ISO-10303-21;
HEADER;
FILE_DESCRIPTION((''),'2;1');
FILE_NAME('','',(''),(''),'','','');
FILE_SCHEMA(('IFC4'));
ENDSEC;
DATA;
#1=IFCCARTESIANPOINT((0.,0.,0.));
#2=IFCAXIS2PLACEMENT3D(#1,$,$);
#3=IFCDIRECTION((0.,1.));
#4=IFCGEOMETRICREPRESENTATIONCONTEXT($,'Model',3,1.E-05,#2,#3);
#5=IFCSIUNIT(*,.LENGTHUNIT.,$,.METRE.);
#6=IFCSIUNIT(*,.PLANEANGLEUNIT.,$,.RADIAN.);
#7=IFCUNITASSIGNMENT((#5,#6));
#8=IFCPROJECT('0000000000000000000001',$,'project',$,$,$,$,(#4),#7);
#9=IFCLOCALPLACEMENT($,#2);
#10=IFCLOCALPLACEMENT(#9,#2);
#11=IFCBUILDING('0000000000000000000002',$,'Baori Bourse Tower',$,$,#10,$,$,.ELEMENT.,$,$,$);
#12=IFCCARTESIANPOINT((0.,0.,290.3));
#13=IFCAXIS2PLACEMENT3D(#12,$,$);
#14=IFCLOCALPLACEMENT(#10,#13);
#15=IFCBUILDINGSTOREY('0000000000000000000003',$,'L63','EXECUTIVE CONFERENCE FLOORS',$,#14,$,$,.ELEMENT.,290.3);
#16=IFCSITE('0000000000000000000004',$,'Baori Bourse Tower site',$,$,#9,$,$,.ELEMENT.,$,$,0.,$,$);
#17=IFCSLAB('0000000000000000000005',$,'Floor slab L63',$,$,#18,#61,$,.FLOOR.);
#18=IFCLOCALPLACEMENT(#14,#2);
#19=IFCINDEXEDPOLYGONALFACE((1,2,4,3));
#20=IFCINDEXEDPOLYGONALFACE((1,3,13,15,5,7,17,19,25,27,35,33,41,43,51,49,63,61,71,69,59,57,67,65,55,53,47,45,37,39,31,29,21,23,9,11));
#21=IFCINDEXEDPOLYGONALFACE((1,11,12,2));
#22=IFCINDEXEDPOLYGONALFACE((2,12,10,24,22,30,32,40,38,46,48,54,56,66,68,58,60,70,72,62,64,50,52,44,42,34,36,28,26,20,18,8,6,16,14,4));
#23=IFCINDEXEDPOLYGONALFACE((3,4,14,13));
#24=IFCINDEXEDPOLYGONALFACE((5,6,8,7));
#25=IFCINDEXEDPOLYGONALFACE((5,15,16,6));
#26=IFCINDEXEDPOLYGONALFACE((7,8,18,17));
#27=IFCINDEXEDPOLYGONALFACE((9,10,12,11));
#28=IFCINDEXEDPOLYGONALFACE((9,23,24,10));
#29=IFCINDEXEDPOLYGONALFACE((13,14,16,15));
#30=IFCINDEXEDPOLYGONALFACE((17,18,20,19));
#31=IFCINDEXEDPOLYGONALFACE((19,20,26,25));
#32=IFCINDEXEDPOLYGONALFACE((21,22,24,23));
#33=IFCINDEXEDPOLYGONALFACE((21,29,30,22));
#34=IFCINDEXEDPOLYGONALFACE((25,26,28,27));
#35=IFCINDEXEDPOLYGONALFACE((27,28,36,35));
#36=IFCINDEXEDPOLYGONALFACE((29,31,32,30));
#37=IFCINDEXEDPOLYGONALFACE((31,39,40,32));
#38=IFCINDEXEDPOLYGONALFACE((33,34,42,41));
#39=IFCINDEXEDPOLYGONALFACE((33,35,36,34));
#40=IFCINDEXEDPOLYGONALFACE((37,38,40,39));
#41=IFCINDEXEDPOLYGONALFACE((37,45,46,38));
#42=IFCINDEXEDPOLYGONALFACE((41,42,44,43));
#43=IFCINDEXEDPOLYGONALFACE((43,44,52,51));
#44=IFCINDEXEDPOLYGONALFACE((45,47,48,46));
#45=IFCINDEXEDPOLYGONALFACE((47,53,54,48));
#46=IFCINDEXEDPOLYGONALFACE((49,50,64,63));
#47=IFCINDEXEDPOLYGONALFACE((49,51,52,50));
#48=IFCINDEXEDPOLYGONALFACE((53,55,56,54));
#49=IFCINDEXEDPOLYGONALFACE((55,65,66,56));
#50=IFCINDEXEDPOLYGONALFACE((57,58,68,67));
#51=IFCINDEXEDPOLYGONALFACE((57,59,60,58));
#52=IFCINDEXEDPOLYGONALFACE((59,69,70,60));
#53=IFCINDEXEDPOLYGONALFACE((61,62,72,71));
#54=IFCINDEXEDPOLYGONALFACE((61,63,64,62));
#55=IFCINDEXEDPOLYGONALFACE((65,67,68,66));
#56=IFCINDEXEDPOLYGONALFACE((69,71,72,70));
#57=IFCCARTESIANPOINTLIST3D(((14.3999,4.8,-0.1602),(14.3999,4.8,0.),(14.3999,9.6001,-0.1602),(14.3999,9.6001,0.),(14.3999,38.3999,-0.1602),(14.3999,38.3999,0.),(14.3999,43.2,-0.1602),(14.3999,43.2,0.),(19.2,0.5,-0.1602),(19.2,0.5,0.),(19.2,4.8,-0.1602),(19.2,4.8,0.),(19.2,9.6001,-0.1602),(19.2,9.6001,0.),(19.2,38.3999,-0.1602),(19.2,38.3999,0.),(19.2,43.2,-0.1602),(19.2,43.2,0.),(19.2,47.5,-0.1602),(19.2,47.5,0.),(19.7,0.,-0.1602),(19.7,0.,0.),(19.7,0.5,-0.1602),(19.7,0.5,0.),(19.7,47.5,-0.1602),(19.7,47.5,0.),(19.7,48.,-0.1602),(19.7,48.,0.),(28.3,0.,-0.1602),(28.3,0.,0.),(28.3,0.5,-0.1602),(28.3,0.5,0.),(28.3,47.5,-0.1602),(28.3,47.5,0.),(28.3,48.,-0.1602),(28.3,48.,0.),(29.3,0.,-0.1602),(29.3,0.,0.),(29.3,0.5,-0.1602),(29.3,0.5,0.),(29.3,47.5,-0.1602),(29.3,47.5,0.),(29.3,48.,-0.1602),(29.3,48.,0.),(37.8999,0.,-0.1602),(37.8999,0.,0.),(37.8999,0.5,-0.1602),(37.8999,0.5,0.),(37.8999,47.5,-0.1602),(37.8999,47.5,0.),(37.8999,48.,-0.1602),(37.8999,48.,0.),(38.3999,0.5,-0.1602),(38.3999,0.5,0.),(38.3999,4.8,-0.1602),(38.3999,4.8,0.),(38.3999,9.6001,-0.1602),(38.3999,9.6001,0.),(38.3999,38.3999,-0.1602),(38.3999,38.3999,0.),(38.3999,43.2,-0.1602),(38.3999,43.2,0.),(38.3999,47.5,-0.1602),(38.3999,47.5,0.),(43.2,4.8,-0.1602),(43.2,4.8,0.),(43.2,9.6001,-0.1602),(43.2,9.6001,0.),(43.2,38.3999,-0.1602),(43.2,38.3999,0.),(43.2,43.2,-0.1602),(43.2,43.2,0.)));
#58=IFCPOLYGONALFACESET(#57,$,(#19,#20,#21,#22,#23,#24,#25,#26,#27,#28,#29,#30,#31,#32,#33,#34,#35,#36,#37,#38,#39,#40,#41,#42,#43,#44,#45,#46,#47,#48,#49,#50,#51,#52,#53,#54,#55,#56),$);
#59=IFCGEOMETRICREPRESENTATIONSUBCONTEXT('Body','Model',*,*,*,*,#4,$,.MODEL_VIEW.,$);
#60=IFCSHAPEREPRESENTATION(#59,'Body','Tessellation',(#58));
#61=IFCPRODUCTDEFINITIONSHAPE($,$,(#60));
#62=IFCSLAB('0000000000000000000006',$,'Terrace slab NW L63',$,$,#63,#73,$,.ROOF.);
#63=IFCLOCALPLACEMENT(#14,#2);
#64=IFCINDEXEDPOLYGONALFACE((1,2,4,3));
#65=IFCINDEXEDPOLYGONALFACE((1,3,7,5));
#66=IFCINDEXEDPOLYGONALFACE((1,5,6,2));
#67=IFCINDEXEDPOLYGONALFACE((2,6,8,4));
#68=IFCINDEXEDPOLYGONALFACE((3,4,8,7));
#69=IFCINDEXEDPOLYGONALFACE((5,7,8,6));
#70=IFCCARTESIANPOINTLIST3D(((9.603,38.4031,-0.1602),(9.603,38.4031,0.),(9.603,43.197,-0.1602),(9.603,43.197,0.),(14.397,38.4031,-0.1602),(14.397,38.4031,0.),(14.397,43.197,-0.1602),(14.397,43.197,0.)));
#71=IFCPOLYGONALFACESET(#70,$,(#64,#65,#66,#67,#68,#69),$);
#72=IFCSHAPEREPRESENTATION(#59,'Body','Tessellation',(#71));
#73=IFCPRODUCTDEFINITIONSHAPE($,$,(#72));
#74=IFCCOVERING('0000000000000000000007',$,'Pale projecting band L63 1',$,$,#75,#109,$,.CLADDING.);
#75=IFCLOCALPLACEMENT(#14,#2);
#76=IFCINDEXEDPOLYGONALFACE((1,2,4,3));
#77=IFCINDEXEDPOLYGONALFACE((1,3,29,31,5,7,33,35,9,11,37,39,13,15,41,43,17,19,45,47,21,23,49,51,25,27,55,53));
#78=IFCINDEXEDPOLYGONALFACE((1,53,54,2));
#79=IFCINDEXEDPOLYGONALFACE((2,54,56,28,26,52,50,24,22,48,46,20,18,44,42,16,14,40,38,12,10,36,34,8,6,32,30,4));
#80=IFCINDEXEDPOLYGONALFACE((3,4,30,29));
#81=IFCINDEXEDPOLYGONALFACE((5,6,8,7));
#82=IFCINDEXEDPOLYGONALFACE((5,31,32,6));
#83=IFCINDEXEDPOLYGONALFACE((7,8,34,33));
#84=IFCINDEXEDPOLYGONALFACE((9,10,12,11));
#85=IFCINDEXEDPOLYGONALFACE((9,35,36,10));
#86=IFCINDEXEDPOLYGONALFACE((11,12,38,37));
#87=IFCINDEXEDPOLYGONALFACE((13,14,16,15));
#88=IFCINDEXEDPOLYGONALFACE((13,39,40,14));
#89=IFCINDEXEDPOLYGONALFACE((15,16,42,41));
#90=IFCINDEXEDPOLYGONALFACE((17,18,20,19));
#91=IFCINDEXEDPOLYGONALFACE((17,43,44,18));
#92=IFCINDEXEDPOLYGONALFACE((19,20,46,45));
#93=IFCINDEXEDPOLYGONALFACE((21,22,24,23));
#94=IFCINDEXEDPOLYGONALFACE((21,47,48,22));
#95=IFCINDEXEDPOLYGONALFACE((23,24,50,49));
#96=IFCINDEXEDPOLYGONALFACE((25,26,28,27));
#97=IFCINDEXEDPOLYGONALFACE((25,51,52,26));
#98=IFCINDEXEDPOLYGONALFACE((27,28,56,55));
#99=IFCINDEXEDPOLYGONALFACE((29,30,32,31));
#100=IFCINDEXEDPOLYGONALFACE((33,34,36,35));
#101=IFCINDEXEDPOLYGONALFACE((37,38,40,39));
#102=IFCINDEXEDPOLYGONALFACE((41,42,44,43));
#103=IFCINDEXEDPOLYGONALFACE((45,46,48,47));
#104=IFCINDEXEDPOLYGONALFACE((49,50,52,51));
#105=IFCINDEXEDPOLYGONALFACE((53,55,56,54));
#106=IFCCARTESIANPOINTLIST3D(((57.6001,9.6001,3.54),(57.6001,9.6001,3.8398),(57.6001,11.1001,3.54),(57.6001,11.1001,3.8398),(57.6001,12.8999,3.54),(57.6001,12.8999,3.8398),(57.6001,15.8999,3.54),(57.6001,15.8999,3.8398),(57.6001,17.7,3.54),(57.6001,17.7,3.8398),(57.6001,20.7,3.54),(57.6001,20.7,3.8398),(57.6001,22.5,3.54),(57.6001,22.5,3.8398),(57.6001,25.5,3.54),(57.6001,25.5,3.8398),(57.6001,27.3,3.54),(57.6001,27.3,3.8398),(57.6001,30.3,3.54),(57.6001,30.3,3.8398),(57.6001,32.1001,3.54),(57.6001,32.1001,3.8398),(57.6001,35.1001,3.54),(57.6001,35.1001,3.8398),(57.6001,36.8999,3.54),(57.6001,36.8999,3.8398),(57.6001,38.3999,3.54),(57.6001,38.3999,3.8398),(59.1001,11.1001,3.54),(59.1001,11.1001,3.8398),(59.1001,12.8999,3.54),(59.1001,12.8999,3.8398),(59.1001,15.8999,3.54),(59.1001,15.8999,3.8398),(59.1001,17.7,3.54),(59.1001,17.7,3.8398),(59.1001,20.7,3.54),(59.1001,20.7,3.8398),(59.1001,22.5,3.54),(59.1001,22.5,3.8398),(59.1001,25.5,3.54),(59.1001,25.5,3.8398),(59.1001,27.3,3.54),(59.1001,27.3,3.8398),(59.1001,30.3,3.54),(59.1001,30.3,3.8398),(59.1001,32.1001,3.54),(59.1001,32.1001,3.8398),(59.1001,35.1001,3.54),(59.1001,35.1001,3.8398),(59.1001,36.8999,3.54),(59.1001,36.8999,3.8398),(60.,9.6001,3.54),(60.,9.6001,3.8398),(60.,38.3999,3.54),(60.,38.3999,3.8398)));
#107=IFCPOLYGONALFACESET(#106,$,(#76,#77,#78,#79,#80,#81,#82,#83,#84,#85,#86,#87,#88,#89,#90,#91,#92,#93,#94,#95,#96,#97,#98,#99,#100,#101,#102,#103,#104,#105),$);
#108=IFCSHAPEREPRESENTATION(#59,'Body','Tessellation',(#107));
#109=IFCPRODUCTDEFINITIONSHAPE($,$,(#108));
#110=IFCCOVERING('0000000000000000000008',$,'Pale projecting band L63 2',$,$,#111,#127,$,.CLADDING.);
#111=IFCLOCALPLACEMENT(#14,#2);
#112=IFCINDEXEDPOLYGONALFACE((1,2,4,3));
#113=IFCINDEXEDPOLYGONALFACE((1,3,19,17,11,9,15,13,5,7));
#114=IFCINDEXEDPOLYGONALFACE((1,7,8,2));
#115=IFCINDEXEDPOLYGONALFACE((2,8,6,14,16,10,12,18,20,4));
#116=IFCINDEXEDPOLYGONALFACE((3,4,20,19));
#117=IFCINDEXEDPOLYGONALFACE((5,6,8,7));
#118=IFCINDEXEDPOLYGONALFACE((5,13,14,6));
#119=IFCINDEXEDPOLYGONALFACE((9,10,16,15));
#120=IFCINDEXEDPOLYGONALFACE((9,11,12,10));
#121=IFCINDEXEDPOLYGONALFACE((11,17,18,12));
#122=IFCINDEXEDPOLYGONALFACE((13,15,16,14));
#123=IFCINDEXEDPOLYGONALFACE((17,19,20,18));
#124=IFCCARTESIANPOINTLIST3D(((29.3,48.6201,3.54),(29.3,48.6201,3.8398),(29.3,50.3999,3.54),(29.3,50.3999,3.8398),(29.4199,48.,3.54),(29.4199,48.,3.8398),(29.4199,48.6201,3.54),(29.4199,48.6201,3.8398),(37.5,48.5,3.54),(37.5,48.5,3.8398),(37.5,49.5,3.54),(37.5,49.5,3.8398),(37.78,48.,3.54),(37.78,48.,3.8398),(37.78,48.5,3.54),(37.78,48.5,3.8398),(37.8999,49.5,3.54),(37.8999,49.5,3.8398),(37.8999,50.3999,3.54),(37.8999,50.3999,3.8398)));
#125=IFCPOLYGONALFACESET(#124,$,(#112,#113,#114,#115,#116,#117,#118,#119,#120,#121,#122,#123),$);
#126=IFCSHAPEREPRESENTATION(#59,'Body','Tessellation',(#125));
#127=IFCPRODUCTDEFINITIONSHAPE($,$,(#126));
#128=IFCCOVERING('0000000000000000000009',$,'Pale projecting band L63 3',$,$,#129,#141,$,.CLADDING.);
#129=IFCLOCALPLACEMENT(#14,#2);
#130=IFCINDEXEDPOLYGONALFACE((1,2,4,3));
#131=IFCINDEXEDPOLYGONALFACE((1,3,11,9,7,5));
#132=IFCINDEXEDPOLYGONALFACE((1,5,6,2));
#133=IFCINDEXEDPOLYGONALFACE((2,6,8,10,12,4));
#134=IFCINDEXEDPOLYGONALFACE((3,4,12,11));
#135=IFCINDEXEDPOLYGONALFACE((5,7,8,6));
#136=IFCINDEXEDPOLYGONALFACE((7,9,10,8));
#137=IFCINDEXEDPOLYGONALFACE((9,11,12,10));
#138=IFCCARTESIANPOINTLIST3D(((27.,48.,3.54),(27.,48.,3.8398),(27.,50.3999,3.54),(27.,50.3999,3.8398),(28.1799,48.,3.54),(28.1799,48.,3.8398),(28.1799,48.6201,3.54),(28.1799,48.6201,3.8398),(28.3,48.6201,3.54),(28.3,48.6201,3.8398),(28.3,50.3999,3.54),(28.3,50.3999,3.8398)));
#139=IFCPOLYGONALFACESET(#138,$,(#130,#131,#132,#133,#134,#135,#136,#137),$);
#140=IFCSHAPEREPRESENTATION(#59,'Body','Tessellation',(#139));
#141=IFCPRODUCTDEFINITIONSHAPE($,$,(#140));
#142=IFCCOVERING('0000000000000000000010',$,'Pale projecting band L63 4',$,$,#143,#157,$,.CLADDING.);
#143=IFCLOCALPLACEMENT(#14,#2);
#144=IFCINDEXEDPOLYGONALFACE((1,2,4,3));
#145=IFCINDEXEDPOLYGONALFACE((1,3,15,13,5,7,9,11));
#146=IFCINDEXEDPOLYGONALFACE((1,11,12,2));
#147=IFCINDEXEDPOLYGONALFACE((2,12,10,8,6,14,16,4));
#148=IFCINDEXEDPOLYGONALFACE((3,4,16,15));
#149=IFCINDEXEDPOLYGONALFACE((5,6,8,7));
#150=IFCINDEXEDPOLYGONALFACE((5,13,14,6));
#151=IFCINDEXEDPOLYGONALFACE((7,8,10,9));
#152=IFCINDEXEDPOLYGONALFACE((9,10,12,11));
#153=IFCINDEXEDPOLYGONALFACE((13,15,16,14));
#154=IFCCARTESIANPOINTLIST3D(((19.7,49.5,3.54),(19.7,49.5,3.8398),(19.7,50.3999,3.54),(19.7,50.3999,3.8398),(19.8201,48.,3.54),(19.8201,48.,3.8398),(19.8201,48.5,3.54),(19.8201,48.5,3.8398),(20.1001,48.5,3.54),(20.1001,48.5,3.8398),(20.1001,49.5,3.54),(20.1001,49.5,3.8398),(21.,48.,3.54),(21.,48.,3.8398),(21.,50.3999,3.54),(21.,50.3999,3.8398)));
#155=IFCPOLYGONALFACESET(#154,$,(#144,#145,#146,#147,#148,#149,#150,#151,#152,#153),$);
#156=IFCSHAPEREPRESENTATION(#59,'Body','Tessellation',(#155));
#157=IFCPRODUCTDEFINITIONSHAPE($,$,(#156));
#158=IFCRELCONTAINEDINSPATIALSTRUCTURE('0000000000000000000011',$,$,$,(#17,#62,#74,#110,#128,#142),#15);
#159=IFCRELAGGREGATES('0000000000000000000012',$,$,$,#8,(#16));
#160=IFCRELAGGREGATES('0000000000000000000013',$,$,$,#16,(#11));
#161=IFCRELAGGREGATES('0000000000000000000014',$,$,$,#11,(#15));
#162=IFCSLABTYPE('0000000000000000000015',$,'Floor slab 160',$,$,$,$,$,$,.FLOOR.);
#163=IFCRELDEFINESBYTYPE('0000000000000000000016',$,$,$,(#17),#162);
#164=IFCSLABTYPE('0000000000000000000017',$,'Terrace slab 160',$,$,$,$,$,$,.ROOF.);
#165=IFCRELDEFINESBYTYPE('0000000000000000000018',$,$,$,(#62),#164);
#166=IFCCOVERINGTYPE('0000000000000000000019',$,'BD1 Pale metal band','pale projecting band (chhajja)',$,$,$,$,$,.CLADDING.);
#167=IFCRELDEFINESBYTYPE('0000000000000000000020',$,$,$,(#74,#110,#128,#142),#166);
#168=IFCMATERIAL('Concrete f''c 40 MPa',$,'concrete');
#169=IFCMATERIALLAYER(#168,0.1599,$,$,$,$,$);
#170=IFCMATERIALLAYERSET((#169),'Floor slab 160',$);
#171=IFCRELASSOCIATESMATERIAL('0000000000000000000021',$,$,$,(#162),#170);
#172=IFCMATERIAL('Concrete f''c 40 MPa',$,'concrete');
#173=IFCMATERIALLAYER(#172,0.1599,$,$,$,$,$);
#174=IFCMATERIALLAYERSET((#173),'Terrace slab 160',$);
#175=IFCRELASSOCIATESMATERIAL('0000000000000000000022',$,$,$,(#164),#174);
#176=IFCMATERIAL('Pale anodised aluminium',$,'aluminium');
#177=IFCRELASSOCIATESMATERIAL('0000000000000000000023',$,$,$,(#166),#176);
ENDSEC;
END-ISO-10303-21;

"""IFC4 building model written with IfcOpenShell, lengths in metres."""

from ifc_helpers import new_model, si_unit, direction, frame, origin, place, context, subcontext, project, spatial, polyline, outline, extrude, material, layer, layer_set, type_object, element, save


model = new_model("IFC4")

# Units and contexts
model_context = context("Model", 3, precision=1e-05, world=origin(), true_north=direction((0.0, 1.0)))
body_context = subcontext(model_context, "Body", "Model", "MODEL_VIEW")
ifc_project = project(units=[si_unit("LENGTHUNIT", "METRE"), si_unit("PLANEANGLEUNIT", "RADIAN")], contexts=[model_context])

# Site, building, storey
site_placement = place(None, origin())
site = spatial("IfcSite", under=ifc_project, at=site_placement, Name="Baori Bourse Tower site", CompositionType="ELEMENT", RefElevation=0.0)
building_placement = place(site_placement, origin())
building = spatial("IfcBuilding", under=site, at=building_placement, Name="Baori Bourse Tower", CompositionType="ELEMENT")
storey_placement = place(building_placement, frame((0.0, 0.0, 290.3)))
storey = spatial("IfcBuildingStorey", under=building, at=storey_placement, Name="L63", Description="EXECUTIVE CONFERENCE FLOORS", CompositionType="ELEMENT", Elevation=290.3)

# Slabs
ifc_material_1 = material(Name="Concrete f'c 40 MPa", Category="concrete")
ifc_layer_1 = layer(ifc_material_1, 0.1599)
ifc_layer_set_1 = layer_set([ifc_layer_1], Name="Floor slab 160")
slab_type_1 = type_object("IfcSlabType", Name="Floor slab 160", PredefinedType="FLOOR", material=ifc_layer_set_1)
slab_1_placement = place(storey_placement, frame((0.0, 0.0, -0.1602)))
element("IfcSlab", 1, at=slab_1_placement, inside=storey, type_object=slab_type_1, Name="Floor slab L63", PredefinedType="FLOOR", context=body_context, shape_type="SweptSolid", body=[
    extrude(outline(polyline([(19.2, 4.8), (14.3999, 4.8), (14.3999, 9.6001), (19.2, 9.6001), (19.2, 38.3999), (14.3999, 38.3999), (14.3999, 43.2), (19.2, 43.2), (19.2, 47.5), (19.7, 47.5), (19.7, 48.0), (28.3, 48.0), (28.3, 47.5), (29.3, 47.5), (29.3, 48.0), (37.8999, 48.0), (37.8999, 47.5), (38.3999, 47.5), (38.3999, 43.2), (43.2, 43.2), (43.2, 38.3999), (38.3999, 38.3999), (38.3999, 9.6001), (43.2, 9.6001), (43.2, 4.8), (38.3999, 4.8), (38.3999, 0.5), (37.8999, 0.5), (37.8999, 0.0), (29.3, 0.0), (29.3, 0.5), (28.3, 0.5), (28.3, 0.0), (19.7, 0.0), (19.7, 0.5), (19.2, 0.5), (19.2, 4.8)])), origin(), (0.0, 0.0, 1.0), 0.1602),
])
ifc_material_2 = material(Name="Concrete f'c 40 MPa", Category="concrete")
ifc_layer_2 = layer(ifc_material_2, 0.1599)
ifc_layer_set_2 = layer_set([ifc_layer_2], Name="Terrace slab 160")
slab_type_2 = type_object("IfcSlabType", Name="Terrace slab 160", PredefinedType="ROOF", material=ifc_layer_set_2)
slab_2_placement = place(storey_placement, frame((0.0, 0.0, -0.1602)))
element("IfcSlab", 2, at=slab_2_placement, inside=storey, type_object=slab_type_2, Name="Terrace slab NW L63", PredefinedType="ROOF", context=body_context, shape_type="SweptSolid", body=[
    extrude(outline(polyline([(9.603, 38.4031), (9.603, 43.197), (14.397, 43.197), (14.397, 38.4031), (9.603, 38.4031)])), origin(), (0.0, 0.0, 1.0), 0.1602),
])

# Coverings
ifc_material_3 = material(Name="Pale anodised aluminium", Category="aluminium")
covering_type_1 = type_object("IfcCoveringType", Name="BD1 Pale metal band", Description="pale projecting band (chhajja)", PredefinedType="CLADDING", material=ifc_material_3)
covering_1_placement = place(storey_placement, frame((0.0, 0.0, 3.54)))
element("IfcCovering", 3, at=covering_1_placement, inside=storey, type_object=covering_type_1, Name="Pale projecting band L63 1", PredefinedType="CLADDING", context=body_context, shape_type="SweptSolid", body=[
    extrude(outline(polyline([(57.6001, 11.1001), (57.6001, 9.6001), (60.0, 9.6001), (60.0, 38.3999), (57.6001, 38.3999), (57.6001, 36.8999), (59.1001, 36.8999), (59.1001, 35.1001), (57.6001, 35.1001), (57.6001, 32.1001), (59.1001, 32.1001), (59.1001, 30.3), (57.6001, 30.3), (57.6001, 27.3), (59.1001, 27.3), (59.1001, 25.5), (57.6001, 25.5), (57.6001, 22.5), (59.1001, 22.5), (59.1001, 20.7), (57.6001, 20.7), (57.6001, 17.7), (59.1001, 17.7), (59.1001, 15.8999), (57.6001, 15.8999), (57.6001, 12.8999), (59.1001, 12.8999), (59.1001, 11.1001), (57.6001, 11.1001)])), origin(), (0.0, 0.0, 1.0), 0.2998),
])
covering_2_placement = place(storey_placement, frame((0.0, 0.0, 3.54)))
element("IfcCovering", 4, at=covering_2_placement, inside=storey, type_object=covering_type_1, Name="Pale projecting band L63 2", PredefinedType="CLADDING", context=body_context, shape_type="SweptSolid", body=[
    extrude(outline(polyline([(29.4199, 48.0), (37.78, 48.0), (37.78, 48.5), (37.5, 48.5), (37.5, 49.5), (37.8999, 49.5), (37.8999, 50.3999), (29.3, 50.3999), (29.3, 48.6201), (29.4199, 48.6201), (29.4199, 48.0)])), origin(), (0.0, 0.0, 1.0), 0.2998),
])
covering_3_placement = place(storey_placement, frame((0.0, 0.0, 3.54)))
element("IfcCovering", 5, at=covering_3_placement, inside=storey, type_object=covering_type_1, Name="Pale projecting band L63 3", PredefinedType="CLADDING", context=body_context, shape_type="SweptSolid", body=[
    extrude(outline(polyline([(27.0, 48.0), (28.1799, 48.0), (28.1799, 48.6201), (28.3, 48.6201), (28.3, 50.3999), (27.0, 50.3999), (27.0, 48.0)])), origin(), (0.0, 0.0, 1.0), 0.2998),
])
covering_4_placement = place(storey_placement, frame((0.0, 0.0, 3.54)))
element("IfcCovering", 6, at=covering_4_placement, inside=storey, type_object=covering_type_1, Name="Pale projecting band L63 4", PredefinedType="CLADDING", context=body_context, shape_type="SweptSolid", body=[
    extrude(outline(polyline([(19.8201, 48.0), (21.0, 48.0), (21.0, 50.3999), (19.7, 50.3999), (19.7, 49.5), (20.1001, 49.5), (20.1001, 48.5), (19.8201, 48.5), (19.8201, 48.0)])), origin(), (0.0, 0.0, 1.0), 0.2998),
])

save(model, "model.ifc")
